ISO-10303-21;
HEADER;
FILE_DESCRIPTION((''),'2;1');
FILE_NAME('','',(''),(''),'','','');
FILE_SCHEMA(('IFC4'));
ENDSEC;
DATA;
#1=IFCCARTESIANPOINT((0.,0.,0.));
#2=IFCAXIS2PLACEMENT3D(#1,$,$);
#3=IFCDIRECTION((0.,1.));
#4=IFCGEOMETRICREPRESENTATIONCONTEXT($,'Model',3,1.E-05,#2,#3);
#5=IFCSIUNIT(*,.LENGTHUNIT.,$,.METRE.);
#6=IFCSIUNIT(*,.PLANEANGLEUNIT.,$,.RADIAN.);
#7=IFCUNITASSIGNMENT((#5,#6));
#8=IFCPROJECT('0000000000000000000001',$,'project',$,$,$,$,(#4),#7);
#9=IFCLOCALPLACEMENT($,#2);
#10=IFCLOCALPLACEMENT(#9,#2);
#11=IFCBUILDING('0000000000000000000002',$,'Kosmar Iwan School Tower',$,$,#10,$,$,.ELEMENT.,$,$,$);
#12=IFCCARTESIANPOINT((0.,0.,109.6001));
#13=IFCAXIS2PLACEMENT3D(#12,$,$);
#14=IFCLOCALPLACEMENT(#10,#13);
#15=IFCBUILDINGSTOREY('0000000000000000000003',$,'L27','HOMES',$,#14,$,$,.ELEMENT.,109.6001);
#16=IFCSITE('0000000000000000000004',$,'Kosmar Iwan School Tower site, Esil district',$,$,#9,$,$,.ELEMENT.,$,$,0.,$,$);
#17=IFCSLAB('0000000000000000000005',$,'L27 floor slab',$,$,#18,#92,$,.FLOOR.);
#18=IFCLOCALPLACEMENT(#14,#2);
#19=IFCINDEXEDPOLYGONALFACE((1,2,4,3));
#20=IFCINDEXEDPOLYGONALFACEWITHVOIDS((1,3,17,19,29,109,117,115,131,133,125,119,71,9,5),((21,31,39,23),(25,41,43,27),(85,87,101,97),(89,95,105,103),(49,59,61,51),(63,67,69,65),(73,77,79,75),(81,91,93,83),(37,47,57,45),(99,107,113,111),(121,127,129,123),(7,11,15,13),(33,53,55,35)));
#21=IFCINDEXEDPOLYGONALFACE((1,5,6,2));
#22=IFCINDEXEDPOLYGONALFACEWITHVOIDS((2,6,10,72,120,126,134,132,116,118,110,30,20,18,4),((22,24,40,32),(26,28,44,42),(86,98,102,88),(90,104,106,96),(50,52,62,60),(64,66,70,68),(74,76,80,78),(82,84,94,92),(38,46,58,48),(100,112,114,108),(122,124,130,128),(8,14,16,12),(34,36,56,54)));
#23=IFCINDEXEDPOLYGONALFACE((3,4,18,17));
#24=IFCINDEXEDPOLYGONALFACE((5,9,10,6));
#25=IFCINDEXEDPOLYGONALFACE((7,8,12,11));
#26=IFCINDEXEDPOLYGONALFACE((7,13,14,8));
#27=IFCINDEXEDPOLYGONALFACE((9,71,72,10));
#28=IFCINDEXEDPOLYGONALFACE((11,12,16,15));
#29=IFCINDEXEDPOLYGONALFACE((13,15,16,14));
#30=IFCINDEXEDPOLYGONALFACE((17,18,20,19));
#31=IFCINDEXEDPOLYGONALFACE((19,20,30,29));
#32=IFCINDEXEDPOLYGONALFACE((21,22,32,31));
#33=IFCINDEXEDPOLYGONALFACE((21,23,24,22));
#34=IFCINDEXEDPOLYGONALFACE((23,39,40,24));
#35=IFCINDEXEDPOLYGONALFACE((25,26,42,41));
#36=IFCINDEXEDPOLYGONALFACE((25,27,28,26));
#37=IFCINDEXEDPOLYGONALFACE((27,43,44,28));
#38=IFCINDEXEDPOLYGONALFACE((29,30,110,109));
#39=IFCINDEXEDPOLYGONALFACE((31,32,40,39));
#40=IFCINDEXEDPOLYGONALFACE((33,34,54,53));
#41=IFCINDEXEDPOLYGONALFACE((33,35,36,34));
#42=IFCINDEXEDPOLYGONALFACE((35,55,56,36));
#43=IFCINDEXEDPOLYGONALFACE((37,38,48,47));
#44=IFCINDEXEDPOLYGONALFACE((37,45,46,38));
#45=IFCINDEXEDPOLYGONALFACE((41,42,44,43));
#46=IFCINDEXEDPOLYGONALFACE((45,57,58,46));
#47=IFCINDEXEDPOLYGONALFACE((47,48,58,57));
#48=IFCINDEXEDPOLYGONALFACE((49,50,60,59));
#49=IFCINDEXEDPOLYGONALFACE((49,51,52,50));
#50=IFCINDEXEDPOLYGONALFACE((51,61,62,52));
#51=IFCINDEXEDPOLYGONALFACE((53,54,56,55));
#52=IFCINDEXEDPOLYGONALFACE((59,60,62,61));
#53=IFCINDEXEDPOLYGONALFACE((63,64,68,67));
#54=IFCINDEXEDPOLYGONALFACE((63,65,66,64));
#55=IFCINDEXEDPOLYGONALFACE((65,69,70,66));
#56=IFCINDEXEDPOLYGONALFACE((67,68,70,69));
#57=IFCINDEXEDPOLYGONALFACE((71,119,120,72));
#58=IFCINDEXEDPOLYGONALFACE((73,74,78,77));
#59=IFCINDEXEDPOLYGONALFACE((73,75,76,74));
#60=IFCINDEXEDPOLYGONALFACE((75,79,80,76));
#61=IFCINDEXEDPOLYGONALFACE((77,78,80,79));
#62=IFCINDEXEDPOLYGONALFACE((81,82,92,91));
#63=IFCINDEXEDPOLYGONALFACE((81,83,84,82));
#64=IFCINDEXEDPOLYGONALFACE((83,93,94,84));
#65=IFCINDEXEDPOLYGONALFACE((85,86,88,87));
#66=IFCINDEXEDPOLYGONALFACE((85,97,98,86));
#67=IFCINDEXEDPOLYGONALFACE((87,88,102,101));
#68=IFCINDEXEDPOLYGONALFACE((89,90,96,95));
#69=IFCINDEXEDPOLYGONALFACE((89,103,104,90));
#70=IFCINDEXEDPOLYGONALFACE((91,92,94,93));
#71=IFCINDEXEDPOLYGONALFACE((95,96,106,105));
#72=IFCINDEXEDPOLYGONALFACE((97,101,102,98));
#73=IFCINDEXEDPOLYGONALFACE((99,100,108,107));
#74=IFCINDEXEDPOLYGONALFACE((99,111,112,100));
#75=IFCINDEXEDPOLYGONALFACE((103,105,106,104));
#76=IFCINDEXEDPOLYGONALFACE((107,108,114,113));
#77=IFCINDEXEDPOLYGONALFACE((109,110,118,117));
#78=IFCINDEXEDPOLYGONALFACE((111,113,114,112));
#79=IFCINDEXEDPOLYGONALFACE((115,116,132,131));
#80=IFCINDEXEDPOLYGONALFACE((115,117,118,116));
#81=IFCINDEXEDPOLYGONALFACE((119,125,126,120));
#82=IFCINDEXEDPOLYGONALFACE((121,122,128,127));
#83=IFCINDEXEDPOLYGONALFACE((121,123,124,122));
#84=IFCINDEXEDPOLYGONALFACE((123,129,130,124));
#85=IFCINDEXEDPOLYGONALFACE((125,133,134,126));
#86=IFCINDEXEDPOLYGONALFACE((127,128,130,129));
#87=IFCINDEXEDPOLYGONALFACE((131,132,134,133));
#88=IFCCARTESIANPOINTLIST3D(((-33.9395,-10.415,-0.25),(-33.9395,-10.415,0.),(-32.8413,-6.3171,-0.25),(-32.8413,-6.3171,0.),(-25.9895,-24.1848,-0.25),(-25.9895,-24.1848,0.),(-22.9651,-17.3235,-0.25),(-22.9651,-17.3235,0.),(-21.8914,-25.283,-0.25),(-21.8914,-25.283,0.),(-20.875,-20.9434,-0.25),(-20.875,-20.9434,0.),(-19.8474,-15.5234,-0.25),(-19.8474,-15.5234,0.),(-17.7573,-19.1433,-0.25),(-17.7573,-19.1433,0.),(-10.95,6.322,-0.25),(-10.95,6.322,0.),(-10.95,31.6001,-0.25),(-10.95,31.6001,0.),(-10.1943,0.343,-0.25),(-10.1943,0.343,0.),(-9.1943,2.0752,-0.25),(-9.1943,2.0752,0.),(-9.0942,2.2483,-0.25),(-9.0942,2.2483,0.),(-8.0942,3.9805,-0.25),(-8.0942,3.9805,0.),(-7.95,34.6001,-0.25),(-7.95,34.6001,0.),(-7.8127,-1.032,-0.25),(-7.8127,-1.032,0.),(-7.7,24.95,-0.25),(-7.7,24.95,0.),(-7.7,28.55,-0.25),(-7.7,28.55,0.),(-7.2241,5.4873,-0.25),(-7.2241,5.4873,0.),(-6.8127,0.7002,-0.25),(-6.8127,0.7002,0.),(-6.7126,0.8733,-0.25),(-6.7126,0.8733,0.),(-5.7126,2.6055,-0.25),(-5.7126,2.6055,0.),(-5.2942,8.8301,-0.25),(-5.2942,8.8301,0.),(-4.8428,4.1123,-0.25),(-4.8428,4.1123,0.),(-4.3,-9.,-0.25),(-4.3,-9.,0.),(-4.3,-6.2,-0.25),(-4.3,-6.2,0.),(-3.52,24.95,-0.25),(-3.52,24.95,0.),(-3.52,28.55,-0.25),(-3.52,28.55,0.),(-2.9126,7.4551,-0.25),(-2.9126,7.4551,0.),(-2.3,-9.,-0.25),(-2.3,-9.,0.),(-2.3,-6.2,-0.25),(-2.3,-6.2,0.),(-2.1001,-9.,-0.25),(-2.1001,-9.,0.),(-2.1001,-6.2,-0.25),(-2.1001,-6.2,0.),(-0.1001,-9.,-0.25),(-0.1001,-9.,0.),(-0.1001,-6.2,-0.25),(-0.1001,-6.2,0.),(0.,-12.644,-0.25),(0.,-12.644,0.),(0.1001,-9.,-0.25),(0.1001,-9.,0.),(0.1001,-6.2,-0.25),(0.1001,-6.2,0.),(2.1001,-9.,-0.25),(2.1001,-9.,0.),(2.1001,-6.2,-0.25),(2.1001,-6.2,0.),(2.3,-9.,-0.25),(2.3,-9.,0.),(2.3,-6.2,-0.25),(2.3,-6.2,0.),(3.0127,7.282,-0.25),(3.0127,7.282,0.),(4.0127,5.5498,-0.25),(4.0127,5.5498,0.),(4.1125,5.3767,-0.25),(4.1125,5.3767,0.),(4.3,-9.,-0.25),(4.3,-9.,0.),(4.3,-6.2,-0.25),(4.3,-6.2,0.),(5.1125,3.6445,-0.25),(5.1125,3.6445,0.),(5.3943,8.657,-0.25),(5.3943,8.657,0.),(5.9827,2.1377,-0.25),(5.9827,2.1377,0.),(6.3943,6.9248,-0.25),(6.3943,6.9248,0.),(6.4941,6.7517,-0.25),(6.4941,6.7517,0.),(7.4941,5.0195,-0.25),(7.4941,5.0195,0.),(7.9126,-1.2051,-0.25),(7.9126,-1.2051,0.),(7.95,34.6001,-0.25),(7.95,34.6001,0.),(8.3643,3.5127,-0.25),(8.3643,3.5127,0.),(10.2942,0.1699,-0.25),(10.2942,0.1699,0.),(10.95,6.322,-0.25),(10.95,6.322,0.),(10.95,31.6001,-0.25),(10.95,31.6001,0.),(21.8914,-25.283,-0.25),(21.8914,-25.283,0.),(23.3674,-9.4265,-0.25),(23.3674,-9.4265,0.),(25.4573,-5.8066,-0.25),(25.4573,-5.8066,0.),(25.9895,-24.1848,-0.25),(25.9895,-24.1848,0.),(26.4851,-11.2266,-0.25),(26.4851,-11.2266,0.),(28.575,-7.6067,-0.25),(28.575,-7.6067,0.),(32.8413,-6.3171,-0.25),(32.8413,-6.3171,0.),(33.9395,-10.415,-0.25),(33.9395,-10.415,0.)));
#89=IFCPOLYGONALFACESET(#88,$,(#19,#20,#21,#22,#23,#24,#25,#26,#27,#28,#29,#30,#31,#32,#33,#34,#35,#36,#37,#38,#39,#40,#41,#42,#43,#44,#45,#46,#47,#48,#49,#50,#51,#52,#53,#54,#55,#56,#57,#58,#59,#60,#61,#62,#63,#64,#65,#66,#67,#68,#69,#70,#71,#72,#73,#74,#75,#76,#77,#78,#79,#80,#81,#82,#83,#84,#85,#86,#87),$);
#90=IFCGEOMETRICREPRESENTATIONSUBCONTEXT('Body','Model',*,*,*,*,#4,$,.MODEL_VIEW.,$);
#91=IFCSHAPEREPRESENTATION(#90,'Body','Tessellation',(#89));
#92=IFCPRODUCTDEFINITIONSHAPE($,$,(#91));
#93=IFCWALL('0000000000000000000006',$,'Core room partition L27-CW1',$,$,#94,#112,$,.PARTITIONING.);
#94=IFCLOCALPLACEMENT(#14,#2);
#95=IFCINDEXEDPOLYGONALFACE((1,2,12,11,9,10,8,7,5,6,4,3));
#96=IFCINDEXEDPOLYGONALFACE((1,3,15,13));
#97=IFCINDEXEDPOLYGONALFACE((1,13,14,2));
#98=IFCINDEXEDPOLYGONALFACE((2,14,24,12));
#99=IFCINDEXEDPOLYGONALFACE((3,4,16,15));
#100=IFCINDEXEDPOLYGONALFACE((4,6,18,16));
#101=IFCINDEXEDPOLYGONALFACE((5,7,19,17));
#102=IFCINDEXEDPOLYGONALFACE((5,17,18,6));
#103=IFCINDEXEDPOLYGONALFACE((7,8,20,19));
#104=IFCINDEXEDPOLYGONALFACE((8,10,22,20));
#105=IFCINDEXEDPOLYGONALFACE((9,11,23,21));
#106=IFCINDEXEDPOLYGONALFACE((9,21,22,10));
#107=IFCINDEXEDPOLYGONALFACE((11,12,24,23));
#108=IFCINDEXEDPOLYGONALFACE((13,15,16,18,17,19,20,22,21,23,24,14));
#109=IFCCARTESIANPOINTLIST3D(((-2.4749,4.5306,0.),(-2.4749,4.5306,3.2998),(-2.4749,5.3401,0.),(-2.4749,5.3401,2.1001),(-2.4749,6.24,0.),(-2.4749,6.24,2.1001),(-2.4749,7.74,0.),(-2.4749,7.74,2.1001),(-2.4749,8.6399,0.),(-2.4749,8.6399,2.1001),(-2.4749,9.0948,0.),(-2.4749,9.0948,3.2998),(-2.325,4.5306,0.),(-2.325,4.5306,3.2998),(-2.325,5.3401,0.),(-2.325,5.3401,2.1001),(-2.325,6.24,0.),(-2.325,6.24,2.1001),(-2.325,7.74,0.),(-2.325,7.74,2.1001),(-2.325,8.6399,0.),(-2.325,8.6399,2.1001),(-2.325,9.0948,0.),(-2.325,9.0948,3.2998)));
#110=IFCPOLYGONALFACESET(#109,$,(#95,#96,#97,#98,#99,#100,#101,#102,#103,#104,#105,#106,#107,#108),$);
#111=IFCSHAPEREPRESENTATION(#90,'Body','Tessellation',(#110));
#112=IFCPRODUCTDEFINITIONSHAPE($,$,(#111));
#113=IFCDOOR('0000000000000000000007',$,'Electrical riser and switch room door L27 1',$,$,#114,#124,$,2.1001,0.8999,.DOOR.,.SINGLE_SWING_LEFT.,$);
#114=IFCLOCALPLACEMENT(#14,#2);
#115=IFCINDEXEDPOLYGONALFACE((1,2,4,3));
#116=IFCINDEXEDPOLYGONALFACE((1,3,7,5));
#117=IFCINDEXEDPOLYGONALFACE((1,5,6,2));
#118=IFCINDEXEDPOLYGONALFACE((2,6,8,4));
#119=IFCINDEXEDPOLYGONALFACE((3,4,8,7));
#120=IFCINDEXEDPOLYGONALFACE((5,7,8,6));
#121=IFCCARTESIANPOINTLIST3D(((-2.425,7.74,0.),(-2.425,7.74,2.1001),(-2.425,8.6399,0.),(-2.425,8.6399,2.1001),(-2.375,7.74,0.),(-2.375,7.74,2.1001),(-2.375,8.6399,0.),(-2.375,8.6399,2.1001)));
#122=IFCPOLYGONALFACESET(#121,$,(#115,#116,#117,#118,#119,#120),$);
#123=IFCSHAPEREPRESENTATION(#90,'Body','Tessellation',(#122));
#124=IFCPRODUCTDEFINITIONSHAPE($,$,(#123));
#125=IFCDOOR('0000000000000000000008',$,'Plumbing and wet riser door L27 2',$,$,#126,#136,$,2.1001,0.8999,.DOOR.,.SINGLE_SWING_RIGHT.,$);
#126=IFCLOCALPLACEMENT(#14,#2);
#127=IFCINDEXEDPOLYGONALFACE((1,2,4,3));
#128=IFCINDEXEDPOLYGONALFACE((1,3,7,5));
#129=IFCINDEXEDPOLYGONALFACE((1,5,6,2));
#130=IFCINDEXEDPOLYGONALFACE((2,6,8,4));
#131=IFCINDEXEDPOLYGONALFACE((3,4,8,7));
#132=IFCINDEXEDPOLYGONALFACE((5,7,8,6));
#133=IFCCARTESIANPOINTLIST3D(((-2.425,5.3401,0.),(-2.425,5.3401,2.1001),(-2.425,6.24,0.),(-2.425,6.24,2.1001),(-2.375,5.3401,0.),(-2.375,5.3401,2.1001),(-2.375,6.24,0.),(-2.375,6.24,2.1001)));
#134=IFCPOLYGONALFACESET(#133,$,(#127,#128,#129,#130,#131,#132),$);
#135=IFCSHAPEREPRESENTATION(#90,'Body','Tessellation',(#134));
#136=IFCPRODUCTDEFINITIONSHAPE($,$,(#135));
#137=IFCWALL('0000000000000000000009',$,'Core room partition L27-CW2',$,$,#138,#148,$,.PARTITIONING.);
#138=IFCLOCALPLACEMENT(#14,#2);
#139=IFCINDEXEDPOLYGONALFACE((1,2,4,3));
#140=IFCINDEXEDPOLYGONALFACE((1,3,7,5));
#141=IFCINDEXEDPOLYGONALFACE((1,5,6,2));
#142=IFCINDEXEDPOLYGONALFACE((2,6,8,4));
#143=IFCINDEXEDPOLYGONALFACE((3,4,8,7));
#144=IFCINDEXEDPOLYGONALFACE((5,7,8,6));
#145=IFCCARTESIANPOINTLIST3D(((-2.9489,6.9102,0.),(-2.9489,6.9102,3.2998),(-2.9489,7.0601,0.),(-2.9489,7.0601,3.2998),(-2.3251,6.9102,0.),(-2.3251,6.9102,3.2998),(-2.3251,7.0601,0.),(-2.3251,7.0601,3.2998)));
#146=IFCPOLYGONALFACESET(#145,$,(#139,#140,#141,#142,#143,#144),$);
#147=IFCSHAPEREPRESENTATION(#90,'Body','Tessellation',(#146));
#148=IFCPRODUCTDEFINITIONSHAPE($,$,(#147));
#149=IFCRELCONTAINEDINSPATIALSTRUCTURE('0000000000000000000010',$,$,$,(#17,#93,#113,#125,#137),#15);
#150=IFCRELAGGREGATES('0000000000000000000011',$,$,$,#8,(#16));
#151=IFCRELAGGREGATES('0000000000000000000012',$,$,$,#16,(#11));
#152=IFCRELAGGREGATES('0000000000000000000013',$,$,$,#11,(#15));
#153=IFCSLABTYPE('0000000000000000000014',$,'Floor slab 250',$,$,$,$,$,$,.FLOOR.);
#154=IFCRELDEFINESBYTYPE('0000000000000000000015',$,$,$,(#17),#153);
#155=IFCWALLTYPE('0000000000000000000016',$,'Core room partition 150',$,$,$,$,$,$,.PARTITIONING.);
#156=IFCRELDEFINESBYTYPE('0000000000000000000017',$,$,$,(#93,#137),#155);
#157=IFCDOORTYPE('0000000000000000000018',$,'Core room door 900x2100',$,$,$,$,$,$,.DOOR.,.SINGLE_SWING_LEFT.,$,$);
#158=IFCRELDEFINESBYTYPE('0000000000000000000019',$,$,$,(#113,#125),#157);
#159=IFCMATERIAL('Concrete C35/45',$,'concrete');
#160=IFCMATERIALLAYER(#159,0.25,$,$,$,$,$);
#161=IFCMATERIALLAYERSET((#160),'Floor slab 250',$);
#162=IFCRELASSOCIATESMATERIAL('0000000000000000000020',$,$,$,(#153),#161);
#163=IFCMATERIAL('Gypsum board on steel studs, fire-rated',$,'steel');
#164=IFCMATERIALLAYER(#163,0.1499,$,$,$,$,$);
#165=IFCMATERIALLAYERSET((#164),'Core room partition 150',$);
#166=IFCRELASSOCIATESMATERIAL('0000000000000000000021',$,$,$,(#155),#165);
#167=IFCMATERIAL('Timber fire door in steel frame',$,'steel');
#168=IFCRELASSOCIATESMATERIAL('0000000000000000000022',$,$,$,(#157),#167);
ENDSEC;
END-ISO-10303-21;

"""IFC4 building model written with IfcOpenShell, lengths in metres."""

from ifc_helpers import new_model, si_unit, direction, frame, frame_2d, origin, place, context, subcontext, project, spatial, polyline, rectangle, outline, extrude, material, layer, layer_set, type_object, element, fill, save


model = new_model("IFC4")

# Units and contexts
model_context = context("Model", 3, precision=1e-05, world=origin(), true_north=direction((0.0, 1.0)))
body_context = subcontext(model_context, "Body", "Model", "MODEL_VIEW")
ifc_project = project(units=[si_unit("LENGTHUNIT", "METRE"), si_unit("PLANEANGLEUNIT", "RADIAN")], contexts=[model_context])

# Site, building, storey
site_placement = place(None, origin())
site = spatial("IfcSite", under=ifc_project, at=site_placement, Name="Kosmar Iwan School Tower site, Esil district", CompositionType="ELEMENT", RefElevation=0.0)
building_placement = place(site_placement, origin())
building = spatial("IfcBuilding", under=site, at=building_placement, Name="Kosmar Iwan School Tower", CompositionType="ELEMENT")
storey_placement = place(building_placement, frame((0.0, 0.0, 109.6001)))
storey = spatial("IfcBuildingStorey", under=building, at=storey_placement, Name="L27", Description="HOMES", CompositionType="ELEMENT", Elevation=109.6001)

# Slab
ifc_material_1 = material(Name="Concrete C35/45", Category="concrete")
ifc_layer_1 = layer(ifc_material_1, 0.25)
ifc_layer_set_1 = layer_set([ifc_layer_1], Name="Floor slab 250")
slab_type = type_object("IfcSlabType", Name="Floor slab 250", PredefinedType="FLOOR", material=ifc_layer_set_1)
slab_placement = place(storey_placement, frame((0.0, 0.0, -0.25)))
element("IfcSlab", 1, at=slab_placement, inside=storey, type_object=slab_type, Name="L27 floor slab", PredefinedType="FLOOR", context=body_context, shape_type="SweptSolid", body=[
    extrude(outline(polyline([(-21.8914, -25.283), (0.0, -12.644), (21.8914, -25.283), (25.9895, -24.1848), (33.9395, -10.415), (32.8413, -6.3171), (10.95, 6.322), (10.95, 31.6001), (7.95, 34.6001), (-7.95, 34.6001), (-10.95, 31.6001), (-10.95, 6.322), (-32.8413, -6.3171), (-33.9395, -10.415), (-25.9895, -24.1848), (-21.8914, -25.283)]), holes=[polyline([(7.9126, -1.2051), (10.2942, 0.1699), (8.3643, 3.5127), (5.9827, 2.1377), (7.9126, -1.2051)]), polyline([(-2.9126, 7.4551), (-5.2942, 8.8301), (-7.2241, 5.4873), (-4.8428, 4.1123), (-2.9126, 7.4551)]), polyline([(-5.7126, 2.6055), (-8.0942, 3.9805), (-9.0942, 2.2483), (-6.7126, 0.8733), (-5.7126, 2.6055)]), polyline([(-6.8127, 0.7002), (-9.1943, 2.0752), (-10.1943, 0.343), (-7.8127, -1.032), (-6.8127, 0.7002)]), polyline([(5.1125, 3.6445), (7.4941, 5.0195), (6.4941, 6.7517), (4.1125, 5.3767), (5.1125, 3.6445)]), polyline([(4.0127, 5.5498), (6.3943, 6.9248), (5.3943, 8.657), (3.0127, 7.282), (4.0127, 5.5498)]), polyline([(-4.3, -6.2), (-4.3, -9.0), (-2.3, -9.0), (-2.3, -6.2), (-4.3, -6.2)]), polyline([(-2.1001, -6.2), (-2.1001, -9.0), (-0.1001, -9.0), (-0.1001, -6.2), (-2.1001, -6.2)]), polyline([(0.1001, -6.2), (0.1001, -9.0), (2.1001, -9.0), (2.1001, -6.2), (0.1001, -6.2)]), polyline([(2.3, -6.2), (2.3, -9.0), (4.3, -9.0), (4.3, -6.2), (2.3, -6.2)]), polyline([(-3.52, 24.95), (-3.52, 28.55), (-7.7, 28.55), (-7.7, 24.95), (-3.52, 24.95)]), polyline([(-19.8474, -15.5234), (-22.9651, -17.3235), (-20.875, -20.9434), (-17.7573, -19.1433), (-19.8474, -15.5234)]), polyline([(23.3674, -9.4265), (26.4851, -11.2266), (28.575, -7.6067), (25.4573, -5.8066), (23.3674, -9.4265)])]), origin(), (0.0, 0.0, 1.0), 0.25),
])

# Wall, openings, doors
ifc_material_2 = material(Name="Gypsum board on steel studs, fire-rated", Category="steel")
ifc_layer_2 = layer(ifc_material_2, 0.1499)
ifc_layer_set_2 = layer_set([ifc_layer_2], Name="Core room partition 150")
wall_type_1 = type_object("IfcWallType", Name="Core room partition 150", PredefinedType="PARTITIONING", material=ifc_layer_set_2)
wall_1_placement = place(storey_placement, frame((-2.3999, 9.095, 0.0), z_axis=(0.0, 0.0, 1.0), x_axis=(0.0, -1.0, 0.0)))
wall_1 = element("IfcWall", 2, at=wall_1_placement, inside=storey, type_object=wall_type_1, Name="Core room partition L27-CW1", PredefinedType="PARTITIONING", context=body_context, shape_type="SweptSolid", body=[
    extrude(rectangle(XDim=4.5642, YDim=0.1499, at=frame_2d((2.2822, 0.0))), origin(), (0.0, 0.0, 1.0), 3.2998),
])
opening_1_placement = place(wall_1_placement, frame((0.4551, 0.0, 0.0)))
opening_1 = element("IfcOpeningElement", 3, at=opening_1_placement, cuts=wall_1, PredefinedType="OPENING", context=body_context, shape_type="SweptSolid", body=[
    extrude(rectangle(XDim=0.8999, YDim=2.1001, at=frame_2d((0.45, 1.05))), frame((0.0, 0.0869, 0.0), z_axis=(0.0, -1.0, 0.0), x_axis=(1.0, 0.0, 0.0)), (0.0, 0.0, 1.0), 0.1738),
])
opening_2_placement = place(wall_1_placement, frame((2.855, 0.0, 0.0)))
opening_2 = element("IfcOpeningElement", 4, at=opening_2_placement, cuts=wall_1, PredefinedType="OPENING", context=body_context, shape_type="SweptSolid", body=[
    extrude(rectangle(XDim=0.8999, YDim=2.1001, at=frame_2d((0.45, 1.05))), frame((0.0, 0.0869, 0.0), z_axis=(0.0, -1.0, 0.0), x_axis=(1.0, 0.0, 0.0)), (0.0, 0.0, 1.0), 0.1738),
])
ifc_material_3 = material(Name="Timber fire door in steel frame", Category="steel")
door_type_1 = type_object("IfcDoorType", Name="Core room door 900x2100", OperationType="SINGLE_SWING_LEFT", PredefinedType="DOOR", material=ifc_material_3)
door_1_placement = place(opening_1_placement, origin())
door_1 = element("IfcDoor", 5, at=door_1_placement, inside=storey, type_object=door_type_1, Name="Electrical riser and switch room door L27 1", OperationType="SINGLE_SWING_LEFT", OverallHeight=2.1001, OverallWidth=0.8999, PredefinedType="DOOR", context=body_context, shape_type="SweptSolid", body=[
    extrude(rectangle(XDim=0.8999, YDim=2.1001, at=frame_2d((0.45, 1.05))), frame((0.0, 0.0249, 0.0), z_axis=(0.0, -1.0, 0.0), x_axis=(1.0, 0.0, 0.0)), (0.0, 0.0, 1.0), 0.05),
])
fill(opening_1, door_1)
door_2_placement = place(opening_2_placement, origin())
door_2 = element("IfcDoor", 6, at=door_2_placement, inside=storey, type_object=door_type_1, Name="Plumbing and wet riser door L27 2", OperationType="SINGLE_SWING_RIGHT", OverallHeight=2.1001, OverallWidth=0.8999, PredefinedType="DOOR", context=body_context, shape_type="SweptSolid", body=[
    extrude(rectangle(XDim=0.8999, YDim=2.1001, at=frame_2d((0.45, 1.05))), frame((0.0, 0.0249, 0.0), z_axis=(0.0, -1.0, 0.0), x_axis=(1.0, 0.0, 0.0)), (0.0, 0.0, 1.0), 0.05),
])
fill(opening_2, door_2)

# Wall
wall_2_placement = place(storey_placement, frame((-2.325, 6.9851, 0.0), z_axis=(0.0, 0.0, 1.0), x_axis=(-1.0, 0.0, 0.0)))
element("IfcWall", 7, at=wall_2_placement, inside=storey, type_object=wall_type_1, Name="Core room partition L27-CW2", PredefinedType="PARTITIONING", context=body_context, shape_type="SweptSolid", body=[
    extrude(rectangle(XDim=0.6238, YDim=0.1499, at=frame_2d((0.312, 0.0))), origin(), (0.0, 0.0, 1.0), 3.2998),
])

save(model, "model.ifc")
